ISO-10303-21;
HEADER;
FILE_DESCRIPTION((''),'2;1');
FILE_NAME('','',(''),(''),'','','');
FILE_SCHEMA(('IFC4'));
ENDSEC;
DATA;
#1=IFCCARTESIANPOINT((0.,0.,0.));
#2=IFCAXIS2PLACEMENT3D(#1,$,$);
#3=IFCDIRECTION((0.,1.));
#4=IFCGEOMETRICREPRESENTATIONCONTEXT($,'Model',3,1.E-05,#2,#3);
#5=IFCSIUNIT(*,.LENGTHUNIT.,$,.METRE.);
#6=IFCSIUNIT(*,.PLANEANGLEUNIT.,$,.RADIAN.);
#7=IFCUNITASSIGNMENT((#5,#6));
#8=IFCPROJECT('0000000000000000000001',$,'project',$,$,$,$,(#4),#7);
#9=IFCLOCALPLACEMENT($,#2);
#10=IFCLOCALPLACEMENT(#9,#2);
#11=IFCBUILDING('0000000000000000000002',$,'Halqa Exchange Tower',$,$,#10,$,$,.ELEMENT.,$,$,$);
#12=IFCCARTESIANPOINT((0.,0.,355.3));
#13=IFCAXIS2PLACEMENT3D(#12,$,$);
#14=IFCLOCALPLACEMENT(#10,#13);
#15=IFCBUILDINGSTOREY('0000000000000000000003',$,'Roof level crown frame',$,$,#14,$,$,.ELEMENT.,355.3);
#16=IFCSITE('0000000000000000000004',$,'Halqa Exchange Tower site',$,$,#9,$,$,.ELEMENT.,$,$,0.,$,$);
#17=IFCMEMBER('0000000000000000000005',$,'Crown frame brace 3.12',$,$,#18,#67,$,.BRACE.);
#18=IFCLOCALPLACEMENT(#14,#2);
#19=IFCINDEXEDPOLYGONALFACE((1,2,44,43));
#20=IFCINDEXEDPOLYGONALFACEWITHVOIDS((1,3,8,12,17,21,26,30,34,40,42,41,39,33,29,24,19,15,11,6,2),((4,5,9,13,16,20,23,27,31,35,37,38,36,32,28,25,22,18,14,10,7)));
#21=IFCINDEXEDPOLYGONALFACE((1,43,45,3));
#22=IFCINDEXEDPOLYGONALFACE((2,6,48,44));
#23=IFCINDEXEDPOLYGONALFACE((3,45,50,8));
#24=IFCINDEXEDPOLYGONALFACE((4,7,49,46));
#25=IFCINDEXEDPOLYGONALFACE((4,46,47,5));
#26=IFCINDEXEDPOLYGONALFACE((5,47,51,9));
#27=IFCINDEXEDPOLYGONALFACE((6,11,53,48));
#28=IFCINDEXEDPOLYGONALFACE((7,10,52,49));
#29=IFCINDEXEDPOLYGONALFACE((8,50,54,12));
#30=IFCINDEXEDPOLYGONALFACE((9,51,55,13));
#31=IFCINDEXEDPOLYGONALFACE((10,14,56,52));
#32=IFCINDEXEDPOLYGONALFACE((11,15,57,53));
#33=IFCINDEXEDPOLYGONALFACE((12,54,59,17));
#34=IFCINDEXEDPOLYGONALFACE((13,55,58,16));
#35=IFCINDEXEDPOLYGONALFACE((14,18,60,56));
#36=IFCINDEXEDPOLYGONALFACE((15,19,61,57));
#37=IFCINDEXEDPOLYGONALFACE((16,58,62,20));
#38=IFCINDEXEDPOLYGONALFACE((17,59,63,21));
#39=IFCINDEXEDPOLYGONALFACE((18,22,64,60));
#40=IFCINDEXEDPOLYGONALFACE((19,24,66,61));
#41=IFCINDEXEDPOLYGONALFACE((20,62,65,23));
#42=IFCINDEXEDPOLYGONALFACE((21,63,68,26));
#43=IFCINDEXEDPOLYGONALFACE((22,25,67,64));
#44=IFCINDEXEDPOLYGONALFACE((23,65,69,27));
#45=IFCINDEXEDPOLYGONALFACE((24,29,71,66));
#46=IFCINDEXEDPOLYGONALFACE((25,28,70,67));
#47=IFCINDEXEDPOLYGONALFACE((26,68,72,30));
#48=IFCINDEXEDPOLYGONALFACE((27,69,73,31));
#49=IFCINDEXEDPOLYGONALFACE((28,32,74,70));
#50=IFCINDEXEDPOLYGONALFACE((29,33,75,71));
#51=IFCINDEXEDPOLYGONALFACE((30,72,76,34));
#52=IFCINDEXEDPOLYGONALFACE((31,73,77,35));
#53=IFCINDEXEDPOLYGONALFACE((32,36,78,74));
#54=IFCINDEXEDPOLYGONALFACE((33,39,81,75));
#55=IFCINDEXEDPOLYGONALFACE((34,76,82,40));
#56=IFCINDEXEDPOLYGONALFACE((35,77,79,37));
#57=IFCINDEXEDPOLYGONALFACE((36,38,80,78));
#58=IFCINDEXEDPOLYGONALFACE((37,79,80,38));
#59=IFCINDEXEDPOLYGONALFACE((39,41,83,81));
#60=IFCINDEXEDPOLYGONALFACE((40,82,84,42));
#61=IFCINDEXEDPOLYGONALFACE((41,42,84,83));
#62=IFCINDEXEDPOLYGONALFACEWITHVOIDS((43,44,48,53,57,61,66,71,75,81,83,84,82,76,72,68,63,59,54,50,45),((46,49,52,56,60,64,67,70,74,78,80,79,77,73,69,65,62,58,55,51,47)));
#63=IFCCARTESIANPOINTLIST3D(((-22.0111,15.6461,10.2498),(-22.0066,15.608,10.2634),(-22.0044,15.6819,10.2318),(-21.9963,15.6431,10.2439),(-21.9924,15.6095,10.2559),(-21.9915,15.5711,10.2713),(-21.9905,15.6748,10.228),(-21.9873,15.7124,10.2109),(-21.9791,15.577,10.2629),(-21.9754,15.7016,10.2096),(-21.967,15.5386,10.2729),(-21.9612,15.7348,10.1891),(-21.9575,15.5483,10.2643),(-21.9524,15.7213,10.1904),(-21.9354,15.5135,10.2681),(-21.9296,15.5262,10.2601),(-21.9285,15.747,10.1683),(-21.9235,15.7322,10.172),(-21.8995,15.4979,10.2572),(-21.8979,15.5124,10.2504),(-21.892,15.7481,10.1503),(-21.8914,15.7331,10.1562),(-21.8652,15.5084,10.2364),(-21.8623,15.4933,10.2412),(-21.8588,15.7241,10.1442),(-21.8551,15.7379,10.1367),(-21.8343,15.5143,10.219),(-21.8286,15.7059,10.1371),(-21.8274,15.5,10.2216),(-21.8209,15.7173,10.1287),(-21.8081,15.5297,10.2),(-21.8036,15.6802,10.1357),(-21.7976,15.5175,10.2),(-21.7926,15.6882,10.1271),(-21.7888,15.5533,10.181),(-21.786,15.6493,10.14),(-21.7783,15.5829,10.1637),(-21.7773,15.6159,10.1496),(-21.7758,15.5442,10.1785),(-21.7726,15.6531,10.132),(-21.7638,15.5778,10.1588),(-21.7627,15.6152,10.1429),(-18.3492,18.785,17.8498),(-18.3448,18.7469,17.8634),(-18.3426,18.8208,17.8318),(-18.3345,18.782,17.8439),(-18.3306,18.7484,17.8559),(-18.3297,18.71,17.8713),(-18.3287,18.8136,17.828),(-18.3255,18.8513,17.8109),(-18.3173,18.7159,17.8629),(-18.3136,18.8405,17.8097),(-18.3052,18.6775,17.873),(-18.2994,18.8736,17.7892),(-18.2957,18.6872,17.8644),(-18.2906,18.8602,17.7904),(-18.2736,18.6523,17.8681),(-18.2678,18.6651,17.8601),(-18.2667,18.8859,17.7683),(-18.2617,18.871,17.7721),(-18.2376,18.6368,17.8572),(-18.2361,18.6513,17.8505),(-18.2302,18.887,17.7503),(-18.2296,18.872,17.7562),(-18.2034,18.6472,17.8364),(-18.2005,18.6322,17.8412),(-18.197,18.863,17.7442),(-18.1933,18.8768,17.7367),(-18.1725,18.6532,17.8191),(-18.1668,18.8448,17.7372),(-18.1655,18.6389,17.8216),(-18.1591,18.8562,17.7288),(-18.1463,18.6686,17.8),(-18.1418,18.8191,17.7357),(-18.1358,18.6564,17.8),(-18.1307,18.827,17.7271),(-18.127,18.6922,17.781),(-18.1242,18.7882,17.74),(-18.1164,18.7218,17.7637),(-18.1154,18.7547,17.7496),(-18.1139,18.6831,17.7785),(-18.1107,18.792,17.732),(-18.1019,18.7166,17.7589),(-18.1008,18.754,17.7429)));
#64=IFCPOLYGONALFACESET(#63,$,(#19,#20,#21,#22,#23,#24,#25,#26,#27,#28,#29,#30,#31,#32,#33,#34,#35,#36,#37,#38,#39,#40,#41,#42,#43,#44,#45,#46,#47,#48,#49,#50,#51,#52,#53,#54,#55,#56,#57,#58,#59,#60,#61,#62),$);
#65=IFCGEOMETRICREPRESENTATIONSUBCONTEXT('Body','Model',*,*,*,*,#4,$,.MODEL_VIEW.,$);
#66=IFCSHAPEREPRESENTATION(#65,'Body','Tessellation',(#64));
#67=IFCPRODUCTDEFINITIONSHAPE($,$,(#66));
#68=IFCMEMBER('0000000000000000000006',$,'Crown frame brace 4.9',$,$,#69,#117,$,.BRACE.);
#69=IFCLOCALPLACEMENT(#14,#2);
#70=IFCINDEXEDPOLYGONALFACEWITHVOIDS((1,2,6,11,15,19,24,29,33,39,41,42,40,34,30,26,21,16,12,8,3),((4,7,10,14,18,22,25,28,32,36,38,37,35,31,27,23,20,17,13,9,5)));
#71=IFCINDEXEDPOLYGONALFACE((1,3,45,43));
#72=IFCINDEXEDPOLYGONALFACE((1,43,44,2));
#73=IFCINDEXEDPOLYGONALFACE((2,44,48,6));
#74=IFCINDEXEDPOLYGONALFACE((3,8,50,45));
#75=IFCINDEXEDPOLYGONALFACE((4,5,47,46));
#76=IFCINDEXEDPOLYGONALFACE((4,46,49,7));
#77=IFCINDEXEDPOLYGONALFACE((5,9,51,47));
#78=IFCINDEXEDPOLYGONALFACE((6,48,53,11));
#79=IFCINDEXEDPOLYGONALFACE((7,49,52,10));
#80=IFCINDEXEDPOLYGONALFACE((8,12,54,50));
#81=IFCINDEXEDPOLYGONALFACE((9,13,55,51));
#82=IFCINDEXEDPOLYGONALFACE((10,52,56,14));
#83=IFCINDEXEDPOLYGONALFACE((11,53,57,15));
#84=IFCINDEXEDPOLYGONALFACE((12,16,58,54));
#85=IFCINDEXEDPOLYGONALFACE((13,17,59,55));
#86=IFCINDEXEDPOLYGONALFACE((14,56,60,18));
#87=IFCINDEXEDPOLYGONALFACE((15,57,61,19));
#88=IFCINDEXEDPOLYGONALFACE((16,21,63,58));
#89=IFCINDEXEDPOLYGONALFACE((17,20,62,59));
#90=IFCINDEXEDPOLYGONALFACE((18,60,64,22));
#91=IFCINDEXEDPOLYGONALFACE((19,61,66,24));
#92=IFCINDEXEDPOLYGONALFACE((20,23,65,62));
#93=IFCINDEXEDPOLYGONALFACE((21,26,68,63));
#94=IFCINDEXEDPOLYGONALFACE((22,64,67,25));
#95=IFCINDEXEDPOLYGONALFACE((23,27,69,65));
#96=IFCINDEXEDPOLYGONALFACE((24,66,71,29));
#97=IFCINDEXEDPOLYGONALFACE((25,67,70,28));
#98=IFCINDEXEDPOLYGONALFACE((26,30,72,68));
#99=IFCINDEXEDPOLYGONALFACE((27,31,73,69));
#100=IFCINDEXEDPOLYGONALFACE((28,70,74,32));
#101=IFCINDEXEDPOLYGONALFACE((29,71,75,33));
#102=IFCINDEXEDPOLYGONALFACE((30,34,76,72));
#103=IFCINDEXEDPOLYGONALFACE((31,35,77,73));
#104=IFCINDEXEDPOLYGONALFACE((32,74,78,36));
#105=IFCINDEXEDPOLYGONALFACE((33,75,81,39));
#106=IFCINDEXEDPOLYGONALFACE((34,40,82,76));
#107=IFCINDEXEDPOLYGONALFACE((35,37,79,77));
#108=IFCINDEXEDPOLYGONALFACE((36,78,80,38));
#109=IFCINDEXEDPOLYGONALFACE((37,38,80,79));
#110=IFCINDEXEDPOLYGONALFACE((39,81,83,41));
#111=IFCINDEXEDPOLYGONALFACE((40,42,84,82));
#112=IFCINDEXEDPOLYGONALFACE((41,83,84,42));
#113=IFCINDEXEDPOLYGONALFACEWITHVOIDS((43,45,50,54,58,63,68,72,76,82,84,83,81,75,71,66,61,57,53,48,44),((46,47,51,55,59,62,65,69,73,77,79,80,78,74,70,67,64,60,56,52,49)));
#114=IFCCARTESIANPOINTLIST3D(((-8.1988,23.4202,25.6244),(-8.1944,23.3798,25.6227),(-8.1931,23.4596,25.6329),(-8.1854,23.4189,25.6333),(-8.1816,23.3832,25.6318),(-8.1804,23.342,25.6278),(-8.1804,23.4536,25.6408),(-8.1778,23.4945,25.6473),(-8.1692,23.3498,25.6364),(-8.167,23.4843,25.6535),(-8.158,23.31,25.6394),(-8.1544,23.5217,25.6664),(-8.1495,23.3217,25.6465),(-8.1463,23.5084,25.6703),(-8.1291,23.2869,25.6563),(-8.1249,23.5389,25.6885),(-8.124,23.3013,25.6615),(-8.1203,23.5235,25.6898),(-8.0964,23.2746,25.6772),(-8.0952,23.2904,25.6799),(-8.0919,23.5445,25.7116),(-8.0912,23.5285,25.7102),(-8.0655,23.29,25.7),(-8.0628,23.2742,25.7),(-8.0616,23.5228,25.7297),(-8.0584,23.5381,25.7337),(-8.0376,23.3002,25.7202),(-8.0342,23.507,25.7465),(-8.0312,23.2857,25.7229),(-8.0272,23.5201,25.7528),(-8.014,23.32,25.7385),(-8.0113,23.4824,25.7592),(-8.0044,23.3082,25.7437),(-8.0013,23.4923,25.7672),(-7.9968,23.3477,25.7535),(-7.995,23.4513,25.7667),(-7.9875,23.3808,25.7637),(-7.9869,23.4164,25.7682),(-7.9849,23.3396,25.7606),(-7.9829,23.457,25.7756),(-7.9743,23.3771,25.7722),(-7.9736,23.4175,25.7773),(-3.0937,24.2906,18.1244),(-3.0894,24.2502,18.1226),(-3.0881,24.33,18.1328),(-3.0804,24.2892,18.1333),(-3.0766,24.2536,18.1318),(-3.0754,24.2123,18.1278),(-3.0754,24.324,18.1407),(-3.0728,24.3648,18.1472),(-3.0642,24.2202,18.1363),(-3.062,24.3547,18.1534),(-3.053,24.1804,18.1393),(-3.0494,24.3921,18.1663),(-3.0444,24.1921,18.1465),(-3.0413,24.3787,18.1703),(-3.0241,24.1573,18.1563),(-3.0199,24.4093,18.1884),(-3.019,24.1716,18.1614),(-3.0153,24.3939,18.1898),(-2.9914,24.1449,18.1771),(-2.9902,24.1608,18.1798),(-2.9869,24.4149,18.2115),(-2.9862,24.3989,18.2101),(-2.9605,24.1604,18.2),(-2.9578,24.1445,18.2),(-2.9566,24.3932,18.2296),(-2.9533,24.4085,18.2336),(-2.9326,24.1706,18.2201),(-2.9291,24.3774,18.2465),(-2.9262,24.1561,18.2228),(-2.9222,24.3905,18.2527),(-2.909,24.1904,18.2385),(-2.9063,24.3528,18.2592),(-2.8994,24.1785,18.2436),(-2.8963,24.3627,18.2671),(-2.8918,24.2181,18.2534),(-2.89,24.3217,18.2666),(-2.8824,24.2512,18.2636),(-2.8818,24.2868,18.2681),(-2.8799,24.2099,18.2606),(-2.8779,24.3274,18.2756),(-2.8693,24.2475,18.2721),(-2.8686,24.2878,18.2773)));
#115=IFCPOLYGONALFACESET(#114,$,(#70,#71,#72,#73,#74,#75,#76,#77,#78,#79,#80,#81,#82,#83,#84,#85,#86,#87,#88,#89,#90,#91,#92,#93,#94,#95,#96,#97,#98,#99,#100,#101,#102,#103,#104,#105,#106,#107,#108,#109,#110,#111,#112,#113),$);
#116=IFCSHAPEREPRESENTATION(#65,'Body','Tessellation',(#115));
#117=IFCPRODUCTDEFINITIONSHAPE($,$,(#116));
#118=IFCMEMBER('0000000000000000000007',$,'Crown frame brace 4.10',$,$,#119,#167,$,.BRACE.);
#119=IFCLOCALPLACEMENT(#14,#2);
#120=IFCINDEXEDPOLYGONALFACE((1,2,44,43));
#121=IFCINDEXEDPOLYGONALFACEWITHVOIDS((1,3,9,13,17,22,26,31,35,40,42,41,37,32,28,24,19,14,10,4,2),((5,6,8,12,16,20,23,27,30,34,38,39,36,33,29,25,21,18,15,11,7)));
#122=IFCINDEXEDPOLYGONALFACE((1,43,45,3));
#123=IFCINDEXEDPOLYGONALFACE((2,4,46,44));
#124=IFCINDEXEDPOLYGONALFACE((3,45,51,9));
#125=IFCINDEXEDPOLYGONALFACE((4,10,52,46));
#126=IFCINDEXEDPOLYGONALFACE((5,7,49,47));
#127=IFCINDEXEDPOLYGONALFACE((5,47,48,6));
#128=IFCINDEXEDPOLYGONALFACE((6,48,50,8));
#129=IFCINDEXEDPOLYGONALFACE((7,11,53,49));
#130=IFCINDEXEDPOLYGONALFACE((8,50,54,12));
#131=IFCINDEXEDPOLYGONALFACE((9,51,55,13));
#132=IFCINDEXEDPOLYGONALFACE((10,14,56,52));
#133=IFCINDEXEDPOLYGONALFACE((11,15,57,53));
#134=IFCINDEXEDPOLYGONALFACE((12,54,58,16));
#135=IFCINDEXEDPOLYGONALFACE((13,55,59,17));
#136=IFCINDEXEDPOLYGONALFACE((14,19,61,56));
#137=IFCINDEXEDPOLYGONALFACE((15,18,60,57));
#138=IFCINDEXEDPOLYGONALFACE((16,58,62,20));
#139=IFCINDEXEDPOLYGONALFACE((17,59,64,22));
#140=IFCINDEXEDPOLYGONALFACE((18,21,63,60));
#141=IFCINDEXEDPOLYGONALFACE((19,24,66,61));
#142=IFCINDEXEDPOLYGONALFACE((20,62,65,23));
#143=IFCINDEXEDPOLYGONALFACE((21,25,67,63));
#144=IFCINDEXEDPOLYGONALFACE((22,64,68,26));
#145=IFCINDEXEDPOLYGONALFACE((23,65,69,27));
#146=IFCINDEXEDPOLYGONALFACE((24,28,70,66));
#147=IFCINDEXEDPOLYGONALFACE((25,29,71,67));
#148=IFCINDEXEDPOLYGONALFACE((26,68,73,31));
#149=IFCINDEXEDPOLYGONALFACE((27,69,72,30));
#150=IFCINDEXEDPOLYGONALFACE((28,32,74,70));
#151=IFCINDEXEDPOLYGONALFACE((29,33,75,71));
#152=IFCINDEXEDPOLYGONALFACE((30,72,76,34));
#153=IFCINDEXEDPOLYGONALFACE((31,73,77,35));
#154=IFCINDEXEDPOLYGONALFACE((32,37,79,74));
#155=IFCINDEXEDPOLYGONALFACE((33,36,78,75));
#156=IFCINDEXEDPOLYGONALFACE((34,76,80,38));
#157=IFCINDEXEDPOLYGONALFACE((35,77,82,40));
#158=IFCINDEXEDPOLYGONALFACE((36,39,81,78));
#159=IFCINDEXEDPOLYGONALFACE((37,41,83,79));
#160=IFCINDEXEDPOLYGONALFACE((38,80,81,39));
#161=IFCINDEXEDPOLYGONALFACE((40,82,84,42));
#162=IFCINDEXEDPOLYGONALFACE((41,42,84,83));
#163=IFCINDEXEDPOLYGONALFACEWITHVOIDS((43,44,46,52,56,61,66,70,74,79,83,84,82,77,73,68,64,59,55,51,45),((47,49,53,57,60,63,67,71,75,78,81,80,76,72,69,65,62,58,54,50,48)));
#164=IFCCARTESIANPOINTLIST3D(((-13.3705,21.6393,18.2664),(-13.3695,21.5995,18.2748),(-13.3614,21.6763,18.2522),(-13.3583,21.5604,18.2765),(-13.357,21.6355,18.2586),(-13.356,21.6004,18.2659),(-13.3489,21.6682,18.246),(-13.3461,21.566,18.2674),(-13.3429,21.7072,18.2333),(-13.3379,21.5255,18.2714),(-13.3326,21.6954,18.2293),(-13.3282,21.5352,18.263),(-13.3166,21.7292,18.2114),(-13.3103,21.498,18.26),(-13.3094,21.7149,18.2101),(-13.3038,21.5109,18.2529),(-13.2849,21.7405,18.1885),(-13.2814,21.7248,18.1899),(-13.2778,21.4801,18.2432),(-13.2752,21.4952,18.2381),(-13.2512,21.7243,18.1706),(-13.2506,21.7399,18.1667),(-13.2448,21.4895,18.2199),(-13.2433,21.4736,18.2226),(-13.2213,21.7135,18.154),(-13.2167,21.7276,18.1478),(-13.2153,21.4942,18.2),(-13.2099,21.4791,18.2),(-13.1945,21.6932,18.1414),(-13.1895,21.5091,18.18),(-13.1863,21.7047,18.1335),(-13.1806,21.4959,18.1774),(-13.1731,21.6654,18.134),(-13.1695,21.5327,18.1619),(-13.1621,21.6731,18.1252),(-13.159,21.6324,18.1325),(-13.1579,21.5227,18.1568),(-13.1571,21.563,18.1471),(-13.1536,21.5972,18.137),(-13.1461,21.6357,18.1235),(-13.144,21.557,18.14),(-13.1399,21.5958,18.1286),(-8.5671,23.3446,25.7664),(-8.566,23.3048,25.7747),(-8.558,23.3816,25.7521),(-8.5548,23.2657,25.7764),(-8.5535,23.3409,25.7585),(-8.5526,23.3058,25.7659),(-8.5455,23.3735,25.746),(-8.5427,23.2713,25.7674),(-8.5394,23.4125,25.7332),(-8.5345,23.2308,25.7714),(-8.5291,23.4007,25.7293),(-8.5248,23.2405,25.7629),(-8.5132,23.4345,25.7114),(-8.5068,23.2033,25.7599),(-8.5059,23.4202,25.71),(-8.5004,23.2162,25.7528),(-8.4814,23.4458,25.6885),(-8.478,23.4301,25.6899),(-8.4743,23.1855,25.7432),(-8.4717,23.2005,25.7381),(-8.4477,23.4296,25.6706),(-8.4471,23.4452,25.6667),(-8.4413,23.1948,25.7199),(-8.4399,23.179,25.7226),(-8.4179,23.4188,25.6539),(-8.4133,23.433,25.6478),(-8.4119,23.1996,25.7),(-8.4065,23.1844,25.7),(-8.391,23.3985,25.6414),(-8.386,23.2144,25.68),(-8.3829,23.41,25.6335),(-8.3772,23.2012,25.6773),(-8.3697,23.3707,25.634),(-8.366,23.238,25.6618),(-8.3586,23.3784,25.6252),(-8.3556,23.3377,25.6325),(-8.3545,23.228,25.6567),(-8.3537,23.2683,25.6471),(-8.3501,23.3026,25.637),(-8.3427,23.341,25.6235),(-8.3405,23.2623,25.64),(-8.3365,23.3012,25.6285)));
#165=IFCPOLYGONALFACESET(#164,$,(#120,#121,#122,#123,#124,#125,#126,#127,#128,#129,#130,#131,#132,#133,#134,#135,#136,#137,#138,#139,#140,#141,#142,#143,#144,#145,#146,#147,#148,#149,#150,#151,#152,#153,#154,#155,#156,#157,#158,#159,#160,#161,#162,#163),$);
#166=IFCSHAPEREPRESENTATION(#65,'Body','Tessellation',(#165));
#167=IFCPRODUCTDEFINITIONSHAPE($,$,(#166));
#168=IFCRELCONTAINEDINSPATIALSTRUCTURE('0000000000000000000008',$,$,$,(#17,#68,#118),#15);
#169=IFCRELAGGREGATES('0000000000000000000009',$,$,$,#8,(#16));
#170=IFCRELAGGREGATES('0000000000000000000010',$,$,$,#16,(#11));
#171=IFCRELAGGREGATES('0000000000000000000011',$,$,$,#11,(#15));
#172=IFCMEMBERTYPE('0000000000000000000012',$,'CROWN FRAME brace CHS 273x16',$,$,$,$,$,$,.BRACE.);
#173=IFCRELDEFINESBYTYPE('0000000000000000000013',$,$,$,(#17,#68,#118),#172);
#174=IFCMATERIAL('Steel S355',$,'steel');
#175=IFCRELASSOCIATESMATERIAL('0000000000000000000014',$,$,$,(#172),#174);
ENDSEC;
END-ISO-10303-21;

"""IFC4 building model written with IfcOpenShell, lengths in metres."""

from ifc_helpers import new_model, si_unit, direction, frame, origin, origin_2d, place, context, subcontext, project, spatial, hollow_circle, extrude, material, material_profile, profile_set, type_object, element, save


model = new_model("IFC4")

# Units and contexts
model_context = context("Model", 3, precision=1e-05, world=origin(), true_north=direction((0.0, 1.0)))
body_context = subcontext(model_context, "Body", "Model", "MODEL_VIEW")
ifc_project = project(units=[si_unit("LENGTHUNIT", "METRE"), si_unit("PLANEANGLEUNIT", "RADIAN")], contexts=[model_context])

# Site, building, storey
site_placement = place(None, origin())
site = spatial("IfcSite", under=ifc_project, at=site_placement, Name="Halqa Exchange Tower site", CompositionType="ELEMENT", RefElevation=0.0)
building_placement = place(site_placement, origin())
building = spatial("IfcBuilding", under=site, at=building_placement, Name="Halqa Exchange Tower", CompositionType="ELEMENT")
storey_placement = place(building_placement, frame((0.0, 0.0, 355.3)))
storey = spatial("IfcBuildingStorey", under=building, at=storey_placement, Name="Roof level crown frame", CompositionType="ELEMENT", Elevation=355.3)

# Members
ifc_material_1 = material(Name="Steel S355", Category="steel")
ifc_material_profile_1 = material_profile(ifc_material_1, hollow_circle(Radius=0.1365, WallThickness=0.0161, at=origin_2d()), Name="CHS 273x16")
ifc_profile_set_1 = profile_set([ifc_material_profile_1], Name="Steel S355")
member_type = type_object("IfcMemberType", Name="CROWN FRAME brace CHS 273x16", PredefinedType="BRACE", material=ifc_profile_set_1)
member_1_placement = place(storey_placement, frame((-18.2246, 18.76, 17.8), z_axis=(-0.406815, -0.348718, -0.844333), x_axis=(0.650812, -0.759239, 0.0)))
element("IfcMember", 1, at=member_1_placement, inside=storey, type_object=member_type, Name="Crown frame brace 3.12", PredefinedType="BRACE", context=body_context, shape_type="SweptSolid", body=[
    extrude(hollow_circle(Radius=0.1365, WallThickness=0.0161, at=origin_2d()), origin(), (0.0, 0.0, 1.0), 9.0012),
])
member_2_placement = place(storey_placement, frame((-2.9807, 24.2791, 18.2), z_axis=(-0.560114, -0.095495, 0.822893), x_axis=(0.168067, -0.985776, 0.0)))
element("IfcMember", 2, at=member_2_placement, inside=storey, type_object=member_type, Name="Crown frame brace 4.9", PredefinedType="BRACE", context=body_context, shape_type="SweptSolid", body=[
    extrude(hollow_circle(Radius=0.1365, WallThickness=0.0161, at=origin_2d()), origin(), (0.0, 0.0, 1.0), 9.1143),
])
member_3_placement = place(storey_placement, frame((-8.4521, 23.313, 25.7), z_axis=(-0.529707, -0.188056, -0.82707), x_axis=(0.334561, -0.942374, 0.0)))
element("IfcMember", 3, at=member_3_placement, inside=storey, type_object=member_type, Name="Crown frame brace 4.10", PredefinedType="BRACE", context=body_context, shape_type="SweptSolid", body=[
    extrude(hollow_circle(Radius=0.1365, WallThickness=0.0161, at=origin_2d()), origin(), (0.0, 0.0, 1.0), 9.0681),
])

save(model, "model.ifc")
